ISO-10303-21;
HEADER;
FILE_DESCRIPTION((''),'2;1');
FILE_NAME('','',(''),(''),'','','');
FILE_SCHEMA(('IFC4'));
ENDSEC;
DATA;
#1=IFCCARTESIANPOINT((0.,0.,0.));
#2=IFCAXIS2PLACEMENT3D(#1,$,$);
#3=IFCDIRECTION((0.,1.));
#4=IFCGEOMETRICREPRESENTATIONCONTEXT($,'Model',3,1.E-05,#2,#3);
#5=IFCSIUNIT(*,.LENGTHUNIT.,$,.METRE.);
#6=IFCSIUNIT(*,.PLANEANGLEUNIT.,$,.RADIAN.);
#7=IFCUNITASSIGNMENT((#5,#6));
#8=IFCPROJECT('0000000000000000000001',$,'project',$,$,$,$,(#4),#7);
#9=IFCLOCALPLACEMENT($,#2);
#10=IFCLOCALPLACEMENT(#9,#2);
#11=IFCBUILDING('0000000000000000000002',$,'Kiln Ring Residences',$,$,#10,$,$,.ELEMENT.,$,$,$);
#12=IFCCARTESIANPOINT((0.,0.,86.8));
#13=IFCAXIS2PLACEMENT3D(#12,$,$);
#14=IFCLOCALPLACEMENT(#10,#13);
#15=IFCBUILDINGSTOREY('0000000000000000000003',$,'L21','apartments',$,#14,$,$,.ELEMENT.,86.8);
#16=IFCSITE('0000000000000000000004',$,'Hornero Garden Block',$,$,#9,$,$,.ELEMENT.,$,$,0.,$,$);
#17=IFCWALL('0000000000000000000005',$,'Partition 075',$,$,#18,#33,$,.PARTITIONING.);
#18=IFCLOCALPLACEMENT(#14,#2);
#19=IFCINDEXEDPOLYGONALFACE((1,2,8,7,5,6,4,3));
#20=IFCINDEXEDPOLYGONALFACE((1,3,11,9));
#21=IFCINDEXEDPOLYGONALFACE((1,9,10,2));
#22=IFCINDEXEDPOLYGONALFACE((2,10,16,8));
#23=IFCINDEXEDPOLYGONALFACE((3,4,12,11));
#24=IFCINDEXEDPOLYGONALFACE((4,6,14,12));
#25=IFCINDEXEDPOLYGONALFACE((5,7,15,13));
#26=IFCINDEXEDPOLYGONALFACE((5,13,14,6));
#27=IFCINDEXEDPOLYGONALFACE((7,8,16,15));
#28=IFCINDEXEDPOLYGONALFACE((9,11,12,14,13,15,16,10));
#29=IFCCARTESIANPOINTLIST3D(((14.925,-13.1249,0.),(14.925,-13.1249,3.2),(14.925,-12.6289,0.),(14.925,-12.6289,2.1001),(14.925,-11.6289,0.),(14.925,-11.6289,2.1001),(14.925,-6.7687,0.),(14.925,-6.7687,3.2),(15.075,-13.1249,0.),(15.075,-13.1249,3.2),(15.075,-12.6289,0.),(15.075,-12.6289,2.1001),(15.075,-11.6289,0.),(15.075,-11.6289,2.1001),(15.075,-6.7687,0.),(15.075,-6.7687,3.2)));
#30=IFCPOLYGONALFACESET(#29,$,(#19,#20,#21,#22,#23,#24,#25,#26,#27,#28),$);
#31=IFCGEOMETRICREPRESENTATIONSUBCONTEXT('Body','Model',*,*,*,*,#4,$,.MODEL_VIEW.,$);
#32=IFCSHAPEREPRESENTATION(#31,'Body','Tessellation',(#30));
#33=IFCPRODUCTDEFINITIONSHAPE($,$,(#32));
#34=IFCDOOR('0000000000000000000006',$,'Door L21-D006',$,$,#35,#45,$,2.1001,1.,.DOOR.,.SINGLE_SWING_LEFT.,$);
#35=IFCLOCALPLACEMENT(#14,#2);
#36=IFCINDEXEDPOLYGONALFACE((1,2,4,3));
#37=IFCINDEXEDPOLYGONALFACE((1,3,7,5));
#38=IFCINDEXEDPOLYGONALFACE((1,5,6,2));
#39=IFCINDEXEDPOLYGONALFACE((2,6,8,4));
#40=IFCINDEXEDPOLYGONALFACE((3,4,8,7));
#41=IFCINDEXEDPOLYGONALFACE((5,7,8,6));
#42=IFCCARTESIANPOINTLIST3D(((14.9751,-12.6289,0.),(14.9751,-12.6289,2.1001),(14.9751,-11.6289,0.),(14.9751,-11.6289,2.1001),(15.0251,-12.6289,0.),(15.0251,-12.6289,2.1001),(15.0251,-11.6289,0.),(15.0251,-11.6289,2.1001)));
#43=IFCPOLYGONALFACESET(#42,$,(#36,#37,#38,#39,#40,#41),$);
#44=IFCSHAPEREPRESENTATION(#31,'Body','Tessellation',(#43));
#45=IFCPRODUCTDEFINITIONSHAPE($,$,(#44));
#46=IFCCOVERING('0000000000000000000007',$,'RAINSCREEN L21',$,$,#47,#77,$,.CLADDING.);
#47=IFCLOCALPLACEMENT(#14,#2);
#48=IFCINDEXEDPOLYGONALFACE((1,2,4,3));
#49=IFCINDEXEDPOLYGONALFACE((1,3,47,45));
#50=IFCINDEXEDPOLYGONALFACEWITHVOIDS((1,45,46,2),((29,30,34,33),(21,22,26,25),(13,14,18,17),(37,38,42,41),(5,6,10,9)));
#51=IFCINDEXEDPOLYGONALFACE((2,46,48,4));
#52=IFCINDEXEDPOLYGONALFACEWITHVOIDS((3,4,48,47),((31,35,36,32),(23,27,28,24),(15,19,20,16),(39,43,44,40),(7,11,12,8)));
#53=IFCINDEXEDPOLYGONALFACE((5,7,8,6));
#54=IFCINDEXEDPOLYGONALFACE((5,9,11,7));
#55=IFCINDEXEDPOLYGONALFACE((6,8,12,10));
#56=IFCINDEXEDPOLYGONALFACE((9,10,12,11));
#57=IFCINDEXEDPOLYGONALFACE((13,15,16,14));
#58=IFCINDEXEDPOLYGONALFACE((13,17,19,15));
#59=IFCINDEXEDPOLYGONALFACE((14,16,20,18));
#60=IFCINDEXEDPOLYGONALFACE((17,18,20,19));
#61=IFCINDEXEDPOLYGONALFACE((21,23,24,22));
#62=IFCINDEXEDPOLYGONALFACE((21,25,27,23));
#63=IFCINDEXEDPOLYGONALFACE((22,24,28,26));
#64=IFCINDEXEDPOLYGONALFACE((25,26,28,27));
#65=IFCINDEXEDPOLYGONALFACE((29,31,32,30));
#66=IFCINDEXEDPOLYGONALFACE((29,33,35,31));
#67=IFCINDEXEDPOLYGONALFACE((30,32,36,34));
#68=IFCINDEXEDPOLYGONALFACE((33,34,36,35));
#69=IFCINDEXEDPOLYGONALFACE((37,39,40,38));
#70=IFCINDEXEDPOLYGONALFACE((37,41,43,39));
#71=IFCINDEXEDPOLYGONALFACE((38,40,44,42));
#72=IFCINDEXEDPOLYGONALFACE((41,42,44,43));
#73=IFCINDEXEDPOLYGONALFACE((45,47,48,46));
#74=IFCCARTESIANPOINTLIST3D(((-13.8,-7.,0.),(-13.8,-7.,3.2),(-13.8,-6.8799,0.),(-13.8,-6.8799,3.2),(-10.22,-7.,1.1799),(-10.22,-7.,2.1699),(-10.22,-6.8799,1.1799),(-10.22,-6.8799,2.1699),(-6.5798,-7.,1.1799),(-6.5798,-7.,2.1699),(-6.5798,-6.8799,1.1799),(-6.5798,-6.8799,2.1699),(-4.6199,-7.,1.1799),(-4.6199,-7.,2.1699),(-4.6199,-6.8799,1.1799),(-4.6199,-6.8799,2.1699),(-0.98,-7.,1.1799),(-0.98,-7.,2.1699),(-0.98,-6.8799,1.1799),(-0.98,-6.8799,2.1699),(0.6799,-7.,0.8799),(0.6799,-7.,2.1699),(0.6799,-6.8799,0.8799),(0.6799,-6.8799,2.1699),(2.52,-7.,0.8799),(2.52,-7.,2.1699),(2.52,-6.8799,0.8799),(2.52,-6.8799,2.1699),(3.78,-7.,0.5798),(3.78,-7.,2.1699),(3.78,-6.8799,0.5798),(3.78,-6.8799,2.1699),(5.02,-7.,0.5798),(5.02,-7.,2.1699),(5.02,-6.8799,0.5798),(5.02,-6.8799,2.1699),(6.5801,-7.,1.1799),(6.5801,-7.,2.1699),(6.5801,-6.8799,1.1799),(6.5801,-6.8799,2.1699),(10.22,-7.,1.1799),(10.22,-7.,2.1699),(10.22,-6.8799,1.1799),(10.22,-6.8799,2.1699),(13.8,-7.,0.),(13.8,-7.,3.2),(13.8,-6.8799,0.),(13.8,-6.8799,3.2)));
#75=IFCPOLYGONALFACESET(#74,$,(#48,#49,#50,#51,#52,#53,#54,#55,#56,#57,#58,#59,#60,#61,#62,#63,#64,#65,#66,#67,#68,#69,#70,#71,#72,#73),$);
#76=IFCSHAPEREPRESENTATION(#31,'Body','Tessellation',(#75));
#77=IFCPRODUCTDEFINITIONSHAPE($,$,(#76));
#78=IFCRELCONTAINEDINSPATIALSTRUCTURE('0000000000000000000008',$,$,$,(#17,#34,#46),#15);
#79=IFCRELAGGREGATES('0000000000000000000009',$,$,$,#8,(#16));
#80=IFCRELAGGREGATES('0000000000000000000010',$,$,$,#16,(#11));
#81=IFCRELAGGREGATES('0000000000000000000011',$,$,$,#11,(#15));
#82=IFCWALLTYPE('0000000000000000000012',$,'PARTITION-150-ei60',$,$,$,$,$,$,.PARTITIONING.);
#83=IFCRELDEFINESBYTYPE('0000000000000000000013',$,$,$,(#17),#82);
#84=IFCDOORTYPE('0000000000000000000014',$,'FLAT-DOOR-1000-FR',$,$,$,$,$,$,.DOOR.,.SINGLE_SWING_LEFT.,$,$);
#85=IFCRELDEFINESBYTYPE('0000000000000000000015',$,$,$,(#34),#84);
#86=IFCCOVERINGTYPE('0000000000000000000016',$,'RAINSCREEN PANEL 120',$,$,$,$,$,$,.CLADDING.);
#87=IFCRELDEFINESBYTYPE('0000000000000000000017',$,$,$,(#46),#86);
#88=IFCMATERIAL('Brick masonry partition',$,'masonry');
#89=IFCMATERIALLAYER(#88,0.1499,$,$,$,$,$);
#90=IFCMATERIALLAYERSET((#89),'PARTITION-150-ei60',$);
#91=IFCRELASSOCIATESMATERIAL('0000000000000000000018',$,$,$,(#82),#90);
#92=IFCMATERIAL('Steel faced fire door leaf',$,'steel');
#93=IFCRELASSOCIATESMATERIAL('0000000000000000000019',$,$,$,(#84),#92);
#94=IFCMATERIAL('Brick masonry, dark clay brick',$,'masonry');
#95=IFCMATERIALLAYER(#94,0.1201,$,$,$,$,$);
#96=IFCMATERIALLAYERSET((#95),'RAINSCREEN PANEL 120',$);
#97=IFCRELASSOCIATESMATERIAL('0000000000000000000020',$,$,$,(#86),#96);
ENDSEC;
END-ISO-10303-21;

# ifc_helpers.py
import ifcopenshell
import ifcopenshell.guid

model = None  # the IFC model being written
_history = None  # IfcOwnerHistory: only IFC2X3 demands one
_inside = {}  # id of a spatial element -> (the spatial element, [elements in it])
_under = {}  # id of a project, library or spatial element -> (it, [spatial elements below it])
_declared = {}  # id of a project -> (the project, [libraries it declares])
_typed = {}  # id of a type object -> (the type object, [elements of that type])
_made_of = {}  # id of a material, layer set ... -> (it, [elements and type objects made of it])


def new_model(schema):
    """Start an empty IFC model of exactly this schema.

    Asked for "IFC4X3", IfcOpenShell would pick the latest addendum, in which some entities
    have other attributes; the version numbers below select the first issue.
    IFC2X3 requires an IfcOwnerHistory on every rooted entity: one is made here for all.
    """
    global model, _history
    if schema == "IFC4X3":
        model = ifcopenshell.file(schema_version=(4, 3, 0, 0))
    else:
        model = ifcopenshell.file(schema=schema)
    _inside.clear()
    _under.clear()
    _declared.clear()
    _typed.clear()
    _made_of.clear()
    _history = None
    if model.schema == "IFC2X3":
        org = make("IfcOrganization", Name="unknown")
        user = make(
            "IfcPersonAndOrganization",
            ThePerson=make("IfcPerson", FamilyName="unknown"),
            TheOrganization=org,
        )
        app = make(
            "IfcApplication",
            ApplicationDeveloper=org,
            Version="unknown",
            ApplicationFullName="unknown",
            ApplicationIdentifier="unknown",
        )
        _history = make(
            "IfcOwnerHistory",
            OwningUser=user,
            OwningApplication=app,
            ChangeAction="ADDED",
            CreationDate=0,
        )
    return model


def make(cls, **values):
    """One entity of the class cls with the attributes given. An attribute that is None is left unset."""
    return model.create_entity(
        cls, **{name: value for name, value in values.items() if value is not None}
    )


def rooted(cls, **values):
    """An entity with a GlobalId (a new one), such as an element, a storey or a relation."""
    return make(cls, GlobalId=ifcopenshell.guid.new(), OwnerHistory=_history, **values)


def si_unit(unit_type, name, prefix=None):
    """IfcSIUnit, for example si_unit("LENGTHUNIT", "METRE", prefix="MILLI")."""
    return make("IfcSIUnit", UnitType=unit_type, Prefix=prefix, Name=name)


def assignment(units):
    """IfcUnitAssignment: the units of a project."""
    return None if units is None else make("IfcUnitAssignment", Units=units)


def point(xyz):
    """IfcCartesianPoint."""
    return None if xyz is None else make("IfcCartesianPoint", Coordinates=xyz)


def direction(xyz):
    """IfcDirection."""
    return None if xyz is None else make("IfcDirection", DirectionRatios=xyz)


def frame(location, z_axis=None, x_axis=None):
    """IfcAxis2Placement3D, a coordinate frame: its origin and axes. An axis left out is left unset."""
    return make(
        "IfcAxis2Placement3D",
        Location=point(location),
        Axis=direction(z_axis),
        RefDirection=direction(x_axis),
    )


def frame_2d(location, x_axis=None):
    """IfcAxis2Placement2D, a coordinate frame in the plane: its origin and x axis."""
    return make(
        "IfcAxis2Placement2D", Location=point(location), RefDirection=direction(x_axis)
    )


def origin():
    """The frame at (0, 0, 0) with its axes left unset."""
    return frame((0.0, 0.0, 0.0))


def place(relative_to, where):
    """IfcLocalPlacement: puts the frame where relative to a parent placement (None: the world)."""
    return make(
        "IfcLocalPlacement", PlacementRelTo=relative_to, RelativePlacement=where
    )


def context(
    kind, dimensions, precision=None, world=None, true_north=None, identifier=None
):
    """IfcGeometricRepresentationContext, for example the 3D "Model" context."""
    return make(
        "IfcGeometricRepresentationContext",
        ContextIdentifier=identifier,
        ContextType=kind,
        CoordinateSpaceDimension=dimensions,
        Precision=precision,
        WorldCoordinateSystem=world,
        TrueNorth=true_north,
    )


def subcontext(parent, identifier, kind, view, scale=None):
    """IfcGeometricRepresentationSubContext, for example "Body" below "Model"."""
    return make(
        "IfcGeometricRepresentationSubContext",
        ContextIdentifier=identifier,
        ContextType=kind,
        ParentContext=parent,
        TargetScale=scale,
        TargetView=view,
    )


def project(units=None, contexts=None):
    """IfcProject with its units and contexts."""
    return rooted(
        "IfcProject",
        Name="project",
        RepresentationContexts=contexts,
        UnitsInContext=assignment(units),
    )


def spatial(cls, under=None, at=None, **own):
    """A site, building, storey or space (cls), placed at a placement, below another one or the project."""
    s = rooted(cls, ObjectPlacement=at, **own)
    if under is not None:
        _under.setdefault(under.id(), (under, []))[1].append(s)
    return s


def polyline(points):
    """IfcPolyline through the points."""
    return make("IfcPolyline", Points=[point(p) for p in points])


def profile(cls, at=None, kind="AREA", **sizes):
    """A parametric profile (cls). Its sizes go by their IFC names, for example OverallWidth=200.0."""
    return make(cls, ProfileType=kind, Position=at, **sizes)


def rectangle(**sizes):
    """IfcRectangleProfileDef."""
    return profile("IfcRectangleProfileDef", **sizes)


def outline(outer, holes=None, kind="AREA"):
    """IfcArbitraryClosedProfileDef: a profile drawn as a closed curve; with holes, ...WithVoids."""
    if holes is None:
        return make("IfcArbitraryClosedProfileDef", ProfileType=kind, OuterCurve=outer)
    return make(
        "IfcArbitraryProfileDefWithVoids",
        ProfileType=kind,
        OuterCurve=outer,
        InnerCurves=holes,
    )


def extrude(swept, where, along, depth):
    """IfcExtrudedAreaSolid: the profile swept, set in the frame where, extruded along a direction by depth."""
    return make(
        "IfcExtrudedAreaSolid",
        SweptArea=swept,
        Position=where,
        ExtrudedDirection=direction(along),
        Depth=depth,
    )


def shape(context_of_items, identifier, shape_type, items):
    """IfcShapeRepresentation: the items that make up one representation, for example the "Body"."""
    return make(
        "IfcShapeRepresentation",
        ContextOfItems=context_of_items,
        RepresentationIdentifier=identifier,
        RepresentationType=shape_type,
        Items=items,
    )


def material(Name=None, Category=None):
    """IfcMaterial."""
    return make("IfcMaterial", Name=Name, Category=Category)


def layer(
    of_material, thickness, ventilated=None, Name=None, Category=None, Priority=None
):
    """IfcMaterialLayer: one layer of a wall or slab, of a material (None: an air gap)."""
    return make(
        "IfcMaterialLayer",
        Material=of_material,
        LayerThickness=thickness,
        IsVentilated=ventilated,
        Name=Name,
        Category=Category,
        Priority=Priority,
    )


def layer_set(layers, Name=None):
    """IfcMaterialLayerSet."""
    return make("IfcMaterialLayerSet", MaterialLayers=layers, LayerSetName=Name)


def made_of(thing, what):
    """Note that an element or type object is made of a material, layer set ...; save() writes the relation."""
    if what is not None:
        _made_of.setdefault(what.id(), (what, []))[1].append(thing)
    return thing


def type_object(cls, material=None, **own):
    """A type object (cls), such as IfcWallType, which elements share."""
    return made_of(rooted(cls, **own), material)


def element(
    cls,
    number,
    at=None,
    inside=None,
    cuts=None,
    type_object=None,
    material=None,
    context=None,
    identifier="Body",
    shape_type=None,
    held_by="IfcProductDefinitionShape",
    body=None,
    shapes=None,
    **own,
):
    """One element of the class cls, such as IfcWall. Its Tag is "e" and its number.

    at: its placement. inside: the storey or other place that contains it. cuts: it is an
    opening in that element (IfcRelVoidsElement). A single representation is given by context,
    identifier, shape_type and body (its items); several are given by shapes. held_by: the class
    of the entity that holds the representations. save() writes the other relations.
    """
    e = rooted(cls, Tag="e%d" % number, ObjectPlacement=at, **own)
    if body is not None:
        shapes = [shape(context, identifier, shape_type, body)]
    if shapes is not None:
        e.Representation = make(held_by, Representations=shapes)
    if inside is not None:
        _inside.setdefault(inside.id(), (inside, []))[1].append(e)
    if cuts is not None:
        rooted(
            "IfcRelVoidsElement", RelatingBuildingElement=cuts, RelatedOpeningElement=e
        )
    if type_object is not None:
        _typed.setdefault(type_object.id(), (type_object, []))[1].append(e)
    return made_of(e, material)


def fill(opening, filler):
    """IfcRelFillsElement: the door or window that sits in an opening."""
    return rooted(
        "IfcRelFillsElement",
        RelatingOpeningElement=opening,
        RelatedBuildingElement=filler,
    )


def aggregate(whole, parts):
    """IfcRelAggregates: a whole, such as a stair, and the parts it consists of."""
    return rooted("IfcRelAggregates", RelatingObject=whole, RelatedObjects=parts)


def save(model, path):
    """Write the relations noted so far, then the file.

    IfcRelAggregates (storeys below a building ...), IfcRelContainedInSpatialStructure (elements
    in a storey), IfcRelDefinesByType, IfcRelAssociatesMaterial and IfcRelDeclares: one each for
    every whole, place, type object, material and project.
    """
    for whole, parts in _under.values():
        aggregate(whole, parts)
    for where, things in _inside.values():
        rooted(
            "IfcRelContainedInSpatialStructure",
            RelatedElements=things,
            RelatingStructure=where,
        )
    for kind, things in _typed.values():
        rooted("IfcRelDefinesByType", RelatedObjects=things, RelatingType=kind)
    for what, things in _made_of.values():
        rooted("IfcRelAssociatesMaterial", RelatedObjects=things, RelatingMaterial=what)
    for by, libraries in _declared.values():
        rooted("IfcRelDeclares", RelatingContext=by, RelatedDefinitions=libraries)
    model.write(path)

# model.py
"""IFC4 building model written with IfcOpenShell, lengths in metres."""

from ifc_helpers import new_model, si_unit, direction, frame, frame_2d, origin, place, context, subcontext, project, spatial, polyline, rectangle, outline, extrude, material, layer, layer_set, type_object, element, fill, save


model = new_model("IFC4")

# Units and contexts
model_context = context("Model", 3, precision=1e-05, world=origin(), true_north=direction((0.0, 1.0)))
body_context = subcontext(model_context, "Body", "Model", "MODEL_VIEW")
ifc_project = project(units=[si_unit("LENGTHUNIT", "METRE"), si_unit("PLANEANGLEUNIT", "RADIAN")], contexts=[model_context])

# Site, building, storey
site_placement = place(None, origin())
site = spatial("IfcSite", under=ifc_project, at=site_placement, Name="Hornero Garden Block", CompositionType="ELEMENT", RefElevation=0.0)
building_placement = place(site_placement, origin())
building = spatial("IfcBuilding", under=site, at=building_placement, Name="Kiln Ring Residences", CompositionType="ELEMENT")
storey_placement = place(building_placement, frame((0.0, 0.0, 86.8)))
storey = spatial("IfcBuildingStorey", under=building, at=storey_placement, Name="L21", Description="apartments", CompositionType="ELEMENT", Elevation=86.8)

# Wall, opening, door
ifc_material_1 = material(Name="Brick masonry partition", Category="masonry")
ifc_layer_1 = layer(ifc_material_1, 0.1499)
ifc_layer_set_1 = layer_set([ifc_layer_1], Name="PARTITION-150-ei60")
wall_type_1 = type_object("IfcWallType", Name="PARTITION-150-ei60", PredefinedType="PARTITIONING", material=ifc_layer_set_1)
ifc_material_2 = material(Name="Steel faced fire door leaf", Category="steel")
door_type_1 = type_object("IfcDoorType", Name="FLAT-DOOR-1000-FR", OperationType="SINGLE_SWING_LEFT", PredefinedType="DOOR", material=ifc_material_2)
wall_1_placement = place(storey_placement, frame((15.0, -13.125, 0.0), z_axis=(0.0, 0.0, 1.0), x_axis=(0.0, 1.0, 0.0)))
wall_1 = element("IfcWall", 1, at=wall_1_placement, inside=storey, type_object=wall_type_1, Name="Partition 075", PredefinedType="PARTITIONING", context=body_context, shape_type="SweptSolid", body=[
    extrude(rectangle(XDim=6.3562, YDim=0.1499, at=frame_2d((3.1782, 0.0))), origin(), (0.0, 0.0, 1.0), 3.2),
])
opening_1_placement = place(wall_1_placement, frame((0.4961, 0.0, 0.0)))
opening_1 = element("IfcOpeningElement", 2, at=opening_1_placement, cuts=wall_1, PredefinedType="OPENING", context=body_context, shape_type="SweptSolid", body=[
    extrude(rectangle(XDim=1.0, YDim=2.1001, at=frame_2d((0.5, 1.05))), frame((0.0, 0.085, 0.0), z_axis=(0.0, -1.0, 0.0), x_axis=(1.0, 0.0, 0.0)), (0.0, 0.0, 1.0), 0.1699),
])
door_1_placement = place(opening_1_placement, origin())
door_1 = element("IfcDoor", 3, at=door_1_placement, inside=storey, type_object=door_type_1, Name="Door L21-D006", OperationType="SINGLE_SWING_LEFT", OverallHeight=2.1001, OverallWidth=1.0, PredefinedType="DOOR", context=body_context, shape_type="SweptSolid", body=[
    extrude(rectangle(XDim=1.0, YDim=2.1001, at=frame_2d((0.5, 1.05))), frame((0.0, 0.0249, 0.0), z_axis=(0.0, -1.0, 0.0), x_axis=(1.0, 0.0, 0.0)), (0.0, 0.0, 1.0), 0.05),
])
fill(opening_1, door_1)

# Covering
ifc_material_3 = material(Name="Brick masonry, dark clay brick", Category="masonry")
ifc_layer_2 = layer(ifc_material_3, 0.1201)
ifc_layer_set_2 = layer_set([ifc_layer_2], Name="RAINSCREEN PANEL 120")
covering_type = type_object("IfcCoveringType", Name="RAINSCREEN PANEL 120", PredefinedType="CLADDING", material=ifc_layer_set_2)
covering_placement = place(storey_placement, frame((13.8, -6.9399, 0.0), z_axis=(0.0, 0.0, 1.0), x_axis=(-1.0, 0.0, 0.0)))
element("IfcCovering", 4, at=covering_placement, inside=storey, type_object=covering_type, Name="RAINSCREEN L21", PredefinedType="CLADDING", context=body_context, shape_type="SweptSolid", body=[
    extrude(outline(polyline([(0.0, 0.0), (27.6001, 0.0), (27.6001, 3.2), (0.0, 3.2), (0.0, 0.0)]), holes=[polyline([(10.02, 0.5798), (10.02, 2.1699), (8.78, 2.1699), (8.78, 0.5798), (10.02, 0.5798)]), polyline([(13.1201, 0.8799), (13.1201, 2.1699), (11.28, 2.1699), (11.28, 0.8799), (13.1201, 0.8799)]), polyline([(7.22, 1.1799), (7.22, 2.1699), (3.5801, 2.1699), (3.5801, 1.1799), (7.22, 1.1799)]), polyline([(14.78, 1.1799), (18.4199, 1.1799), (18.4199, 2.1699), (14.78, 2.1699), (14.78, 1.1799)]), polyline([(20.3799, 1.1799), (24.02, 1.1799), (24.02, 2.1699), (20.3799, 2.1699), (20.3799, 1.1799)])]), frame((0.0, 0.0601, 0.0), z_axis=(0.0, -1.0, 0.0), x_axis=(1.0, 0.0, 0.0)), (0.0, 0.0, 1.0), 0.1201),
])

save(model, "model.ifc")
